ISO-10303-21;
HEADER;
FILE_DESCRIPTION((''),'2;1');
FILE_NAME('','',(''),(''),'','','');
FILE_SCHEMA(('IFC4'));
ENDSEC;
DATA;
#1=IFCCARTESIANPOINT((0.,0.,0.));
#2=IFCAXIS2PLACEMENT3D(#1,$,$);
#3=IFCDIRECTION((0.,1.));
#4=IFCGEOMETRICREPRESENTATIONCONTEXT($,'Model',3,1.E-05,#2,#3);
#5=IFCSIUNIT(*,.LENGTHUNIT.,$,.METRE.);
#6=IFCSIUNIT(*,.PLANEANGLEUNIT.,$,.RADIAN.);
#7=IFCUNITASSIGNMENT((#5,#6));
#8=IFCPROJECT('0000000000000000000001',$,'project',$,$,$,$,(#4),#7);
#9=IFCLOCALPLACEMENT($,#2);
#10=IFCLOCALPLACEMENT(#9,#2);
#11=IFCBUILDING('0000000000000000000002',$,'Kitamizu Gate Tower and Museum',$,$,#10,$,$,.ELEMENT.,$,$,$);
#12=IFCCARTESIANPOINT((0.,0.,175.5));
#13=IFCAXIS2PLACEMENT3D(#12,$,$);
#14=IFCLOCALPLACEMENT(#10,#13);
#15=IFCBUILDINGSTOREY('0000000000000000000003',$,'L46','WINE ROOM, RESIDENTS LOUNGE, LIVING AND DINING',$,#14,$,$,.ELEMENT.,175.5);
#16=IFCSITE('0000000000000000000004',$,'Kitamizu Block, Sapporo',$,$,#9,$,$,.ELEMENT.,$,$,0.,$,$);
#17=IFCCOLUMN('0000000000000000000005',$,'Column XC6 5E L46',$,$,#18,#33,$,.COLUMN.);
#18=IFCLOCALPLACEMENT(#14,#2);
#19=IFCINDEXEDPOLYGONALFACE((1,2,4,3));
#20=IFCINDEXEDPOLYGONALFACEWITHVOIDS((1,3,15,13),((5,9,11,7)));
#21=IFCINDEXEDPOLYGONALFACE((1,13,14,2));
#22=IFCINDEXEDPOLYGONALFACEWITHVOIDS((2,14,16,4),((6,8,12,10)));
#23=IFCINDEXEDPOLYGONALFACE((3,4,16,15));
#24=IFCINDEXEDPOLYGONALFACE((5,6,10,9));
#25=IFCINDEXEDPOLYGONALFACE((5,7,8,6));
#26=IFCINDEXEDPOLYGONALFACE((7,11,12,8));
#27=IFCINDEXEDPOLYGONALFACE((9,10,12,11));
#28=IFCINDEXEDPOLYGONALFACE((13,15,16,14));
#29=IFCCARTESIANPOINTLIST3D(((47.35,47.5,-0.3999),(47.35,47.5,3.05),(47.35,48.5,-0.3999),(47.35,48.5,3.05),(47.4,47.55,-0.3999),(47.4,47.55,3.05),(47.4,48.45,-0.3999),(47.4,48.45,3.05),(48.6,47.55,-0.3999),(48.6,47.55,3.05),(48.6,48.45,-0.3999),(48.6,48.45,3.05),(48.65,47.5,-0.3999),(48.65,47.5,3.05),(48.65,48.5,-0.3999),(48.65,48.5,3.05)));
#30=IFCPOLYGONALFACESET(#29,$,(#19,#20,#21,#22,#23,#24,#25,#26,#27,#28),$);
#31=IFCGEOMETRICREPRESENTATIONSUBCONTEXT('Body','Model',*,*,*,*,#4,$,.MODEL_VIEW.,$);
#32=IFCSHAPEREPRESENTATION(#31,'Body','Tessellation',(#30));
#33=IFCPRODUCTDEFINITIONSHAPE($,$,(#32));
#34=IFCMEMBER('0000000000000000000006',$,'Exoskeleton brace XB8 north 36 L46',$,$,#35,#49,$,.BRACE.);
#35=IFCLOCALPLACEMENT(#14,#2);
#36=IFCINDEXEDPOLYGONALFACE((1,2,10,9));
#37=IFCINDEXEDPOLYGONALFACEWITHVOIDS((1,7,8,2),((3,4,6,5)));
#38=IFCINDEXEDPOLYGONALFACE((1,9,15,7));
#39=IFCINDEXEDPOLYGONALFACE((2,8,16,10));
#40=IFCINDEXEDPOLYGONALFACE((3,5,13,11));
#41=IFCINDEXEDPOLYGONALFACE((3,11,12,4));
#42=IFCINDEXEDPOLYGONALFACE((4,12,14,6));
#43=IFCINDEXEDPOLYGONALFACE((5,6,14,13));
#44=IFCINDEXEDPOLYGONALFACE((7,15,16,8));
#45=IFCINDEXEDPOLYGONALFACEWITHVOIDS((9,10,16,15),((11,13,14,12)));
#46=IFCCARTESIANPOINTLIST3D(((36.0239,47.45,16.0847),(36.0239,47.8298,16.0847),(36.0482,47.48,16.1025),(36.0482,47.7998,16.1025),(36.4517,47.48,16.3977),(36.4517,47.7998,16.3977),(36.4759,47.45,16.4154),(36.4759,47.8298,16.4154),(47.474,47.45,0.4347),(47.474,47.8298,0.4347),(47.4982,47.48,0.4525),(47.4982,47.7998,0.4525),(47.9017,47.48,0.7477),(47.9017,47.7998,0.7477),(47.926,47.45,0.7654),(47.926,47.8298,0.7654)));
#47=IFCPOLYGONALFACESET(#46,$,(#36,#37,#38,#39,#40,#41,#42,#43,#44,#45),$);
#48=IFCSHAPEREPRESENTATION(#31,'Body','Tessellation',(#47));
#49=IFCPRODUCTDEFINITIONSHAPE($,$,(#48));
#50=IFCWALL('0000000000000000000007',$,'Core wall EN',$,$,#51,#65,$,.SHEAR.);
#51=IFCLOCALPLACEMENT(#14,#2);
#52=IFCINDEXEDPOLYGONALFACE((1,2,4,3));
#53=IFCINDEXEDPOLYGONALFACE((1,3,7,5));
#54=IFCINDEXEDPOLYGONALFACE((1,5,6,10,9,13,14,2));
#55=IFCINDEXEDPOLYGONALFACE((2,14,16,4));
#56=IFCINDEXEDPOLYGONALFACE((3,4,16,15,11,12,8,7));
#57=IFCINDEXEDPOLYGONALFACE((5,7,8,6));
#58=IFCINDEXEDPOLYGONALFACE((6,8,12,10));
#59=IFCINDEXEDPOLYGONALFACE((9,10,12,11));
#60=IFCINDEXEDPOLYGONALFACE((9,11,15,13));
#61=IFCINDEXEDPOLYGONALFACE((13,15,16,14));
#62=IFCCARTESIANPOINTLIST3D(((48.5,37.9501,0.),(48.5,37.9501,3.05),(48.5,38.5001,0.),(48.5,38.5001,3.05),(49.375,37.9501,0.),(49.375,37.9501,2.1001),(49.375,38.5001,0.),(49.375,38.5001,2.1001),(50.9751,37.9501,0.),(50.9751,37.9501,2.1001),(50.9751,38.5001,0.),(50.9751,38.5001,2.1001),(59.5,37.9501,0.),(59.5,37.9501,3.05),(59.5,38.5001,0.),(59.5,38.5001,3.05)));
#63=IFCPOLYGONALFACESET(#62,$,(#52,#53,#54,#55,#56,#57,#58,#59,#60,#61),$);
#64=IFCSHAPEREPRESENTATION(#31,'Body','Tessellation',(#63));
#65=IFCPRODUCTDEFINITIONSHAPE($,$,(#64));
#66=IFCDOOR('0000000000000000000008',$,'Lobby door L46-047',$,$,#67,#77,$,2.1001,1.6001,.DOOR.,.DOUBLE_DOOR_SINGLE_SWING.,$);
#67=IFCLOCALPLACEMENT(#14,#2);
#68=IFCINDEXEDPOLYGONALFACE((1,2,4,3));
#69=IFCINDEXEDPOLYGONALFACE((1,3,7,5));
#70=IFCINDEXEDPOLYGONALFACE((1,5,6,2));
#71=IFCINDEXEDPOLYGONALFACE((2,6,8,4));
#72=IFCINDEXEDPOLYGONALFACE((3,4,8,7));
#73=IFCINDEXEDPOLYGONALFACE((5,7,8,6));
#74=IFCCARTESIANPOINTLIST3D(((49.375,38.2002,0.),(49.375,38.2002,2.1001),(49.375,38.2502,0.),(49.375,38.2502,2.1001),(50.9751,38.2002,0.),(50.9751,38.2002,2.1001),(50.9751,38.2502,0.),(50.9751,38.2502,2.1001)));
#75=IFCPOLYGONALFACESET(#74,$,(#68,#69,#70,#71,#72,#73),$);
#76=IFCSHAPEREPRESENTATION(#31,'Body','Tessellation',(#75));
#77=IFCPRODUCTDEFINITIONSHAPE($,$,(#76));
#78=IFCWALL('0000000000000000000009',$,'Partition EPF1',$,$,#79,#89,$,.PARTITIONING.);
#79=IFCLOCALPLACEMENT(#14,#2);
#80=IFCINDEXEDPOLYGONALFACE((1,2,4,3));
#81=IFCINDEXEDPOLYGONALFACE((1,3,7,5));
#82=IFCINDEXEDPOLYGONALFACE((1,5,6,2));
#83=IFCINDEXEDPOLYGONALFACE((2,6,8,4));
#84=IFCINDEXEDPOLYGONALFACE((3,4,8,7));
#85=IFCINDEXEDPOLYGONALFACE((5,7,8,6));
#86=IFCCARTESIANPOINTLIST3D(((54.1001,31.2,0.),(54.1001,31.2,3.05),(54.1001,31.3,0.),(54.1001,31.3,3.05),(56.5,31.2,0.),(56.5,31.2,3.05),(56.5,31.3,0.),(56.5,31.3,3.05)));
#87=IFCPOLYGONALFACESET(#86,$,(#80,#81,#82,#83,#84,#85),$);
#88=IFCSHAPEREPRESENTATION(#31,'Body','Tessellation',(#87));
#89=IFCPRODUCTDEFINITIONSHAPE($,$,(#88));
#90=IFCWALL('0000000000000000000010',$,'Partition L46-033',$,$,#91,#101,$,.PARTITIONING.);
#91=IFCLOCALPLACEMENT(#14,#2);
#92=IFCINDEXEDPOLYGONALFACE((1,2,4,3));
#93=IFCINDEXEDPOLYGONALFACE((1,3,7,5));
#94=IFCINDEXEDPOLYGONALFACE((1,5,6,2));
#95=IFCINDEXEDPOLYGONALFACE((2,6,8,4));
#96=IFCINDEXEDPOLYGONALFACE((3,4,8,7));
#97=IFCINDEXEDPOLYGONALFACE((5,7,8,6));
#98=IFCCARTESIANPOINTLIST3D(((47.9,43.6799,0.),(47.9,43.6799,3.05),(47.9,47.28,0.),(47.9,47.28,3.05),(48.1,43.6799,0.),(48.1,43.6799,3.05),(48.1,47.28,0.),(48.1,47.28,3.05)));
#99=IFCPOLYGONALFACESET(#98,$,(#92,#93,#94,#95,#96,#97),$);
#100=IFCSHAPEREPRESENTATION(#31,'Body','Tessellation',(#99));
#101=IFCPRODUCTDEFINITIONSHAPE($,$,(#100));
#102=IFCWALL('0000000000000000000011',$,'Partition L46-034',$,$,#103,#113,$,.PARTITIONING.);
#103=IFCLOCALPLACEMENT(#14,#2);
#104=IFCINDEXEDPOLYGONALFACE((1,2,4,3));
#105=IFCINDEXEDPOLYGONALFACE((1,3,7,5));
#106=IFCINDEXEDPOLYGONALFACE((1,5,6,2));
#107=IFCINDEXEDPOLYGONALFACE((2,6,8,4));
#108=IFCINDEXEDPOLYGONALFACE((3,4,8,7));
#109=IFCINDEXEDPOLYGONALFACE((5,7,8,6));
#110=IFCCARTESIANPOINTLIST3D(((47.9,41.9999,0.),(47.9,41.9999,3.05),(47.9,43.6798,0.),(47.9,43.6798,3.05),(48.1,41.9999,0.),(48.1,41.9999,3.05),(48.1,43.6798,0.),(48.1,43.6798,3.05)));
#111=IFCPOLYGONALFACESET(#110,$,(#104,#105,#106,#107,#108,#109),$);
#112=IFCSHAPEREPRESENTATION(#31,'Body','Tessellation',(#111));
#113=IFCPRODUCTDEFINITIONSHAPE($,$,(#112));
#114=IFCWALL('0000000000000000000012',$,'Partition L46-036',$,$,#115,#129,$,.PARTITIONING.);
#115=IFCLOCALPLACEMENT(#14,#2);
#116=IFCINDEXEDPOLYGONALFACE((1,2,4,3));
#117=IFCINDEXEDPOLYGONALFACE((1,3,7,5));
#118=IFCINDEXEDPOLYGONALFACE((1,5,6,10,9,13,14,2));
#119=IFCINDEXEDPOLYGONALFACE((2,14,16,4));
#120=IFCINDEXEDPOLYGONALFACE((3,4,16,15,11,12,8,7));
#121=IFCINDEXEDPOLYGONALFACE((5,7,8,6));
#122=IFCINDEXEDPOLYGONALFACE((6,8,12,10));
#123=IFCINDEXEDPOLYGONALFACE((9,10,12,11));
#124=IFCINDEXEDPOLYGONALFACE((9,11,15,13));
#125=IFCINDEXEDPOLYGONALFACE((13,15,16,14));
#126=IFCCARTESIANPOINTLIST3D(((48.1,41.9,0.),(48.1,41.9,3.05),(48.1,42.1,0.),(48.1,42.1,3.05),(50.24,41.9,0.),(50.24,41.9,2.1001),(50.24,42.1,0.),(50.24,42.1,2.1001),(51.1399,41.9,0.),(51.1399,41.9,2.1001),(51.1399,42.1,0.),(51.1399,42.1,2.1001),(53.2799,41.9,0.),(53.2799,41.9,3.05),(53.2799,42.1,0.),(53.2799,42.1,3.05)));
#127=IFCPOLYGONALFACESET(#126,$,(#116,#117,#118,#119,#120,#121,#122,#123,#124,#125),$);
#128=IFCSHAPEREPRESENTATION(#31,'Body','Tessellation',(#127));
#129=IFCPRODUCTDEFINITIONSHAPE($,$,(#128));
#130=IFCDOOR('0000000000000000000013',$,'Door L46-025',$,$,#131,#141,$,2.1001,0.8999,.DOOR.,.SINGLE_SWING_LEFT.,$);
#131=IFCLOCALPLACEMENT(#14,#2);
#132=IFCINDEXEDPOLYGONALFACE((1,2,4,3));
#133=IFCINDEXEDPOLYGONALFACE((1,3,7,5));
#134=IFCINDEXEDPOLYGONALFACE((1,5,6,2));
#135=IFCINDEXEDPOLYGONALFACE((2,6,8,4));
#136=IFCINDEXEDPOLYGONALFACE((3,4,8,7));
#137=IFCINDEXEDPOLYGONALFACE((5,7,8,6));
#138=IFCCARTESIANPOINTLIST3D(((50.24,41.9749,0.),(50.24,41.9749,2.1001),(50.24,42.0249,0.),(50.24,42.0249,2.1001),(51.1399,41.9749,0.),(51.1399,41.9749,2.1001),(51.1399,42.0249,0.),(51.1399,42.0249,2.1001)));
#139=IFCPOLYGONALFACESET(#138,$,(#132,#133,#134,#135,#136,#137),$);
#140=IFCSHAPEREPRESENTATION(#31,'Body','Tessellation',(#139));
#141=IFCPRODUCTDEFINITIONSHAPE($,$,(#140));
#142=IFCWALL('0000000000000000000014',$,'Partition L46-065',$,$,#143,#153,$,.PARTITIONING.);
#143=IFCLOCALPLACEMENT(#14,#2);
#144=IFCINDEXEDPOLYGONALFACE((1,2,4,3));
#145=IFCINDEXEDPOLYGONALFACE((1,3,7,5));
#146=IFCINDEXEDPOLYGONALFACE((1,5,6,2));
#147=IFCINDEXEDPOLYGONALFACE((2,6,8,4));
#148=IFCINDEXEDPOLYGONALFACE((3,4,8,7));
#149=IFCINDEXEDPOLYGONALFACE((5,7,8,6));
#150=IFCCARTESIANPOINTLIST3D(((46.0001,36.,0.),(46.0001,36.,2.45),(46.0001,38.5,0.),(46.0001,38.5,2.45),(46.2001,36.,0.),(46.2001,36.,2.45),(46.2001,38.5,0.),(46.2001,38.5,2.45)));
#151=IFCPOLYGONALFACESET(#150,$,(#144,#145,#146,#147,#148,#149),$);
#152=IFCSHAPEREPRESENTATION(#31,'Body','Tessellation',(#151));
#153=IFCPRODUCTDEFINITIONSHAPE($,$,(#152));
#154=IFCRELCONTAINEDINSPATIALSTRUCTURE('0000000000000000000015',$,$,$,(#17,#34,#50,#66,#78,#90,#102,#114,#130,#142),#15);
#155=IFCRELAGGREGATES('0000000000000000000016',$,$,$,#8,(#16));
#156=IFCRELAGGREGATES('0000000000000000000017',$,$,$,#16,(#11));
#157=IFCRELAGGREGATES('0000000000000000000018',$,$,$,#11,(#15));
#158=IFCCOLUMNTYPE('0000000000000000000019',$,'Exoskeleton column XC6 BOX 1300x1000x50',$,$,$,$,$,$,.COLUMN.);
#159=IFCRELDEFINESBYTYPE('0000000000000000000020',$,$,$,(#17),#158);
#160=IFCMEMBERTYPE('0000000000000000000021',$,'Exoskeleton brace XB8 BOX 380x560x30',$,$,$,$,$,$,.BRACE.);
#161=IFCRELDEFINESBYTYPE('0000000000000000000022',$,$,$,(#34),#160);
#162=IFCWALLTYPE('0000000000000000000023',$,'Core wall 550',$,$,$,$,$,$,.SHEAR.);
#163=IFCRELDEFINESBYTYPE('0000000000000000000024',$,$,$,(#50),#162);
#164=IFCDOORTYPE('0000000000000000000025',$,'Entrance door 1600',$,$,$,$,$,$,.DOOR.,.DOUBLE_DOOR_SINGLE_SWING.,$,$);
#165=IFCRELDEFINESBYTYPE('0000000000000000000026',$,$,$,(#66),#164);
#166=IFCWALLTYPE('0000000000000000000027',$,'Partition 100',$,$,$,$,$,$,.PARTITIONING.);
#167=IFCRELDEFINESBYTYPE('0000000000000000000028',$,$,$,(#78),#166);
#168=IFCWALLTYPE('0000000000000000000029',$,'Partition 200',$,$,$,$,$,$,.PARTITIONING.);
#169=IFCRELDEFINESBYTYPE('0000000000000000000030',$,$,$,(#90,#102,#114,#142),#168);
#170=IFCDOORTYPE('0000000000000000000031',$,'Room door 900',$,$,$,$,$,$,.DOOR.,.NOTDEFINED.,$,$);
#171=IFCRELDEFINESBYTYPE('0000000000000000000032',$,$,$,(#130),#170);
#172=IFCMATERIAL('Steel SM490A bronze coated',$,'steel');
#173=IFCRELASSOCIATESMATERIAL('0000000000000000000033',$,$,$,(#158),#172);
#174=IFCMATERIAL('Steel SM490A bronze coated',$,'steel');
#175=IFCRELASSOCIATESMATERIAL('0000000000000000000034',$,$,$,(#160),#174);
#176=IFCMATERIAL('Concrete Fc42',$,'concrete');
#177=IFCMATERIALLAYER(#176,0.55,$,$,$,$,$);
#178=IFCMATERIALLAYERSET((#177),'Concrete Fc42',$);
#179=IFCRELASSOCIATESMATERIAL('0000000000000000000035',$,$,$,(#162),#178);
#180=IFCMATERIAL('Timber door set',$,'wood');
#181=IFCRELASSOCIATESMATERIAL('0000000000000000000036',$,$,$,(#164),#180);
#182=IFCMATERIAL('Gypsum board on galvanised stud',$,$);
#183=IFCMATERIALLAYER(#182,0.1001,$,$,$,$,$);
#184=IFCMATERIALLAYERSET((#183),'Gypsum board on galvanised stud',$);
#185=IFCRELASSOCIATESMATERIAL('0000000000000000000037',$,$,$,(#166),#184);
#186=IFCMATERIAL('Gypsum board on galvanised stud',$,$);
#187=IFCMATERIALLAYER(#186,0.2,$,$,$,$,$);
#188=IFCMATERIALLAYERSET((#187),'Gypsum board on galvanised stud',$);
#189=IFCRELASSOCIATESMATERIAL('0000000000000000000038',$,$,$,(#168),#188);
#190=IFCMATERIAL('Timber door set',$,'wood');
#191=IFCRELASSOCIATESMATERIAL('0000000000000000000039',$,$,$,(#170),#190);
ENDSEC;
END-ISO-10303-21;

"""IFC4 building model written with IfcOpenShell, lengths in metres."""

from ifc_helpers import new_model, si_unit, direction, frame, frame_2d, origin, origin_2d, place, context, subcontext, project, spatial, rectangle, hollow_rectangle, extrude, material, layer, layer_set, material_profile, profile_set, type_object, element, fill, save


model = new_model("IFC4")

# Units and contexts
model_context = context("Model", 3, precision=1e-05, world=origin(), true_north=direction((0.0, 1.0)))
body_context = subcontext(model_context, "Body", "Model", "MODEL_VIEW")
ifc_project = project(units=[si_unit("LENGTHUNIT", "METRE"), si_unit("PLANEANGLEUNIT", "RADIAN")], contexts=[model_context])

# Site, building, storey
site_placement = place(None, origin())
site = spatial("IfcSite", under=ifc_project, at=site_placement, Name="Kitamizu Block, Sapporo", CompositionType="ELEMENT", RefElevation=0.0)
building_placement = place(site_placement, origin())
building = spatial("IfcBuilding", under=site, at=building_placement, Name="Kitamizu Gate Tower and Museum", CompositionType="ELEMENT")
storey_placement = place(building_placement, frame((0.0, 0.0, 175.5)))
storey = spatial("IfcBuildingStorey", under=building, at=storey_placement, Name="L46", Description="WINE ROOM, RESIDENTS LOUNGE, LIVING AND DINING", CompositionType="ELEMENT", Elevation=175.5)

# Column
ifc_material_1 = material(Name="Steel SM490A bronze coated", Category="steel")
ifc_material_profile_1 = material_profile(ifc_material_1, hollow_rectangle(XDim=1.3, YDim=1.0, WallThickness=0.05, at=origin_2d()), Name="BOX 1300x1000x50")
ifc_profile_set_1 = profile_set([ifc_material_profile_1], Name="Steel SM490A bronze coated")
column_type = type_object("IfcColumnType", Name="Exoskeleton column XC6 BOX 1300x1000x50", PredefinedType="COLUMN", material=ifc_profile_set_1)
column_placement = place(storey_placement, frame((48.0, 48.0, -0.3999), z_axis=(0.0, 0.0, 1.0), x_axis=(1.0, 0.0, 0.0)))
element("IfcColumn", 1, at=column_placement, inside=storey, type_object=column_type, Name="Column XC6 5E L46", PredefinedType="COLUMN", context=body_context, shape_type="SweptSolid", body=[
    extrude(hollow_rectangle(XDim=1.3, YDim=1.0, WallThickness=0.05, at=origin_2d()), origin(), (0.0, 0.0, 1.0), 3.45),
])

# Member
ifc_material_2 = material(Name="Steel SM490A bronze coated", Category="steel")
ifc_material_profile_2 = material_profile(ifc_material_2, hollow_rectangle(XDim=0.3799, YDim=0.5601, WallThickness=0.03, at=origin_2d()), Name="BOX 380x560x30")
ifc_profile_set_2 = profile_set([ifc_material_profile_2], Name="Steel SM490A bronze coated")
member_type = type_object("IfcMemberType", Name="Exoskeleton brace XB8 BOX 380x560x30", PredefinedType="BRACE", material=ifc_profile_set_2)
member_placement = place(storey_placement, frame((47.7, 47.6399, 0.6001), z_axis=(-0.59047, 0.0, 0.80706), x_axis=(0.0, -1.0, 0.0)))
element("IfcMember", 2, at=member_placement, inside=storey, type_object=member_type, Name="Exoskeleton brace XB8 north 36 L46", PredefinedType="BRACE", context=body_context, shape_type="SweptSolid", body=[
    extrude(hollow_rectangle(XDim=0.3799, YDim=0.5601, WallThickness=0.03, at=origin_2d()), origin(), (0.0, 0.0, 1.0), 19.3914),
])

# Wall, opening, door
ifc_material_3 = material(Name="Concrete Fc42", Category="concrete")
ifc_layer_1 = layer(ifc_material_3, 0.55)
ifc_layer_set_1 = layer_set([ifc_layer_1], Name="Concrete Fc42")
wall_type_1 = type_object("IfcWallType", Name="Core wall 550", PredefinedType="SHEAR", material=ifc_layer_set_1)
wall_1_placement = place(storey_placement, frame((59.5, 38.2251, 0.0), z_axis=(0.0, 0.0, 1.0), x_axis=(-1.0, 0.0, 0.0)))
wall_1 = element("IfcWall", 3, at=wall_1_placement, inside=storey, type_object=wall_type_1, Name="Core wall EN", PredefinedType="SHEAR", context=body_context, shape_type="SweptSolid", body=[
    extrude(rectangle(XDim=11.0, YDim=0.55, at=frame_2d((5.5, 0.0))), origin(), (0.0, 0.0, 1.0), 3.05),
])
opening_1_placement = place(wall_1_placement, frame((8.5249, 0.0, 0.0)))
opening_1 = element("IfcOpeningElement", 4, at=opening_1_placement, cuts=wall_1, PredefinedType="OPENING", context=body_context, shape_type="SweptSolid", body=[
    extrude(rectangle(XDim=1.6001, YDim=2.1001, at=frame_2d((0.8, 1.05))), frame((0.0, 0.2852, 0.0), z_axis=(0.0, -1.0, 0.0), x_axis=(1.0, 0.0, 0.0)), (0.0, 0.0, 1.0), 0.5701),
])
ifc_material_4 = material(Name="Timber door set", Category="wood")
door_type_1 = type_object("IfcDoorType", Name="Entrance door 1600", OperationType="DOUBLE_DOOR_SINGLE_SWING", PredefinedType="DOOR", material=ifc_material_4)
door_1_placement = place(opening_1_placement, origin())
door_1 = element("IfcDoor", 5, at=door_1_placement, inside=storey, type_object=door_type_1, Name="Lobby door L46-047", OperationType="DOUBLE_DOOR_SINGLE_SWING", OverallHeight=2.1001, OverallWidth=1.6001, PredefinedType="DOOR", context=body_context, shape_type="SweptSolid", body=[
    extrude(rectangle(XDim=1.6001, YDim=2.1001, at=frame_2d((0.8, 1.05))), frame((0.0, 0.0249, 0.0), z_axis=(0.0, -1.0, 0.0), x_axis=(1.0, 0.0, 0.0)), (0.0, 0.0, 1.0), 0.05),
])
fill(opening_1, door_1)

# Walls
ifc_material_5 = material(Name="Gypsum board on galvanised stud")
ifc_layer_2 = layer(ifc_material_5, 0.1001)
ifc_layer_set_2 = layer_set([ifc_layer_2], Name="Gypsum board on galvanised stud")
wall_type_2 = type_object("IfcWallType", Name="Partition 100", PredefinedType="PARTITIONING", material=ifc_layer_set_2)
wall_2_placement = place(storey_placement, frame((56.5, 31.25, 0.0), z_axis=(0.0, 0.0, 1.0), x_axis=(-1.0, 0.0, 0.0)))
element("IfcWall", 6, at=wall_2_placement, inside=storey, type_object=wall_type_2, Name="Partition EPF1", PredefinedType="PARTITIONING", context=body_context, shape_type="SweptSolid", body=[
    extrude(rectangle(XDim=2.3999, YDim=0.1001, at=frame_2d((1.2, 0.0))), origin(), (0.0, 0.0, 1.0), 3.05),
])
ifc_material_6 = material(Name="Gypsum board on galvanised stud")
ifc_layer_3 = layer(ifc_material_6, 0.2)
ifc_layer_set_3 = layer_set([ifc_layer_3], Name="Gypsum board on galvanised stud")
wall_type_3 = type_object("IfcWallType", Name="Partition 200", PredefinedType="PARTITIONING", material=ifc_layer_set_3)
wall_3_placement = place(storey_placement, frame((48.0, 43.6799, 0.0), z_axis=(0.0, 0.0, 1.0), x_axis=(0.0, 1.0, 0.0)))
element("IfcWall", 7, at=wall_3_placement, inside=storey, type_object=wall_type_3, Name="Partition L46-033", PredefinedType="PARTITIONING", context=body_context, shape_type="SweptSolid", body=[
    extrude(rectangle(XDim=3.6001, YDim=0.2, at=frame_2d((1.8, 0.0))), origin(), (0.0, 0.0, 1.0), 3.05),
])
wall_4_placement = place(storey_placement, frame((48.0, 42.0, 0.0), z_axis=(0.0, 0.0, 1.0), x_axis=(0.0, 1.0, 0.0)))
element("IfcWall", 8, at=wall_4_placement, inside=storey, type_object=wall_type_3, Name="Partition L46-034", PredefinedType="PARTITIONING", context=body_context, shape_type="SweptSolid", body=[
    extrude(rectangle(XDim=1.6799, YDim=0.2, at=frame_2d((0.8398, 0.0))), origin(), (0.0, 0.0, 1.0), 3.05),
])

# Wall, opening, door
wall_5_placement = place(storey_placement, frame((48.1001, 42.0, 0.0), z_axis=(0.0, 0.0, 1.0), x_axis=(1.0, 0.0, 0.0)))
wall_5 = element("IfcWall", 9, at=wall_5_placement, inside=storey, type_object=wall_type_3, Name="Partition L46-036", PredefinedType="PARTITIONING", context=body_context, shape_type="SweptSolid", body=[
    extrude(rectangle(XDim=5.1799, YDim=0.2, at=frame_2d((2.5898, 0.0))), origin(), (0.0, 0.0, 1.0), 3.05),
])
opening_2_placement = place(wall_5_placement, frame((2.1399, 0.0, 0.0)))
opening_2 = element("IfcOpeningElement", 10, at=opening_2_placement, cuts=wall_5, PredefinedType="OPENING", context=body_context, shape_type="SweptSolid", body=[
    extrude(rectangle(XDim=0.8999, YDim=2.1001, at=frame_2d((0.45, 1.05))), frame((0.0, 0.1099, 0.0), z_axis=(0.0, -1.0, 0.0), x_axis=(1.0, 0.0, 0.0)), (0.0, 0.0, 1.0), 0.22),
])
ifc_material_7 = material(Name="Timber door set", Category="wood")
door_type_2 = type_object("IfcDoorType", Name="Room door 900", OperationType="NOTDEFINED", PredefinedType="DOOR", material=ifc_material_7)
door_2_placement = place(opening_2_placement, origin())
door_2 = element("IfcDoor", 11, at=door_2_placement, inside=storey, type_object=door_type_2, Name="Door L46-025", OperationType="SINGLE_SWING_LEFT", OverallHeight=2.1001, OverallWidth=0.8999, PredefinedType="DOOR", context=body_context, shape_type="SweptSolid", body=[
    extrude(rectangle(XDim=0.8999, YDim=2.1001, at=frame_2d((0.45, 1.05))), frame((0.0, 0.0249, 0.0), z_axis=(0.0, -1.0, 0.0), x_axis=(1.0, 0.0, 0.0)), (0.0, 0.0, 1.0), 0.05),
])
fill(opening_2, door_2)

# Wall
wall_6_placement = place(storey_placement, frame((46.1001, 36.0, 0.0), z_axis=(0.0, 0.0, 1.0), x_axis=(0.0, 1.0, 0.0)))
element("IfcWall", 12, at=wall_6_placement, inside=storey, type_object=wall_type_3, Name="Partition L46-065", PredefinedType="PARTITIONING", context=body_context, shape_type="SweptSolid", body=[
    extrude(rectangle(XDim=2.5, YDim=0.2, at=frame_2d((1.25, 0.0))), origin(), (0.0, 0.0, 1.0), 2.45),
])

save(model, "model.ifc")
